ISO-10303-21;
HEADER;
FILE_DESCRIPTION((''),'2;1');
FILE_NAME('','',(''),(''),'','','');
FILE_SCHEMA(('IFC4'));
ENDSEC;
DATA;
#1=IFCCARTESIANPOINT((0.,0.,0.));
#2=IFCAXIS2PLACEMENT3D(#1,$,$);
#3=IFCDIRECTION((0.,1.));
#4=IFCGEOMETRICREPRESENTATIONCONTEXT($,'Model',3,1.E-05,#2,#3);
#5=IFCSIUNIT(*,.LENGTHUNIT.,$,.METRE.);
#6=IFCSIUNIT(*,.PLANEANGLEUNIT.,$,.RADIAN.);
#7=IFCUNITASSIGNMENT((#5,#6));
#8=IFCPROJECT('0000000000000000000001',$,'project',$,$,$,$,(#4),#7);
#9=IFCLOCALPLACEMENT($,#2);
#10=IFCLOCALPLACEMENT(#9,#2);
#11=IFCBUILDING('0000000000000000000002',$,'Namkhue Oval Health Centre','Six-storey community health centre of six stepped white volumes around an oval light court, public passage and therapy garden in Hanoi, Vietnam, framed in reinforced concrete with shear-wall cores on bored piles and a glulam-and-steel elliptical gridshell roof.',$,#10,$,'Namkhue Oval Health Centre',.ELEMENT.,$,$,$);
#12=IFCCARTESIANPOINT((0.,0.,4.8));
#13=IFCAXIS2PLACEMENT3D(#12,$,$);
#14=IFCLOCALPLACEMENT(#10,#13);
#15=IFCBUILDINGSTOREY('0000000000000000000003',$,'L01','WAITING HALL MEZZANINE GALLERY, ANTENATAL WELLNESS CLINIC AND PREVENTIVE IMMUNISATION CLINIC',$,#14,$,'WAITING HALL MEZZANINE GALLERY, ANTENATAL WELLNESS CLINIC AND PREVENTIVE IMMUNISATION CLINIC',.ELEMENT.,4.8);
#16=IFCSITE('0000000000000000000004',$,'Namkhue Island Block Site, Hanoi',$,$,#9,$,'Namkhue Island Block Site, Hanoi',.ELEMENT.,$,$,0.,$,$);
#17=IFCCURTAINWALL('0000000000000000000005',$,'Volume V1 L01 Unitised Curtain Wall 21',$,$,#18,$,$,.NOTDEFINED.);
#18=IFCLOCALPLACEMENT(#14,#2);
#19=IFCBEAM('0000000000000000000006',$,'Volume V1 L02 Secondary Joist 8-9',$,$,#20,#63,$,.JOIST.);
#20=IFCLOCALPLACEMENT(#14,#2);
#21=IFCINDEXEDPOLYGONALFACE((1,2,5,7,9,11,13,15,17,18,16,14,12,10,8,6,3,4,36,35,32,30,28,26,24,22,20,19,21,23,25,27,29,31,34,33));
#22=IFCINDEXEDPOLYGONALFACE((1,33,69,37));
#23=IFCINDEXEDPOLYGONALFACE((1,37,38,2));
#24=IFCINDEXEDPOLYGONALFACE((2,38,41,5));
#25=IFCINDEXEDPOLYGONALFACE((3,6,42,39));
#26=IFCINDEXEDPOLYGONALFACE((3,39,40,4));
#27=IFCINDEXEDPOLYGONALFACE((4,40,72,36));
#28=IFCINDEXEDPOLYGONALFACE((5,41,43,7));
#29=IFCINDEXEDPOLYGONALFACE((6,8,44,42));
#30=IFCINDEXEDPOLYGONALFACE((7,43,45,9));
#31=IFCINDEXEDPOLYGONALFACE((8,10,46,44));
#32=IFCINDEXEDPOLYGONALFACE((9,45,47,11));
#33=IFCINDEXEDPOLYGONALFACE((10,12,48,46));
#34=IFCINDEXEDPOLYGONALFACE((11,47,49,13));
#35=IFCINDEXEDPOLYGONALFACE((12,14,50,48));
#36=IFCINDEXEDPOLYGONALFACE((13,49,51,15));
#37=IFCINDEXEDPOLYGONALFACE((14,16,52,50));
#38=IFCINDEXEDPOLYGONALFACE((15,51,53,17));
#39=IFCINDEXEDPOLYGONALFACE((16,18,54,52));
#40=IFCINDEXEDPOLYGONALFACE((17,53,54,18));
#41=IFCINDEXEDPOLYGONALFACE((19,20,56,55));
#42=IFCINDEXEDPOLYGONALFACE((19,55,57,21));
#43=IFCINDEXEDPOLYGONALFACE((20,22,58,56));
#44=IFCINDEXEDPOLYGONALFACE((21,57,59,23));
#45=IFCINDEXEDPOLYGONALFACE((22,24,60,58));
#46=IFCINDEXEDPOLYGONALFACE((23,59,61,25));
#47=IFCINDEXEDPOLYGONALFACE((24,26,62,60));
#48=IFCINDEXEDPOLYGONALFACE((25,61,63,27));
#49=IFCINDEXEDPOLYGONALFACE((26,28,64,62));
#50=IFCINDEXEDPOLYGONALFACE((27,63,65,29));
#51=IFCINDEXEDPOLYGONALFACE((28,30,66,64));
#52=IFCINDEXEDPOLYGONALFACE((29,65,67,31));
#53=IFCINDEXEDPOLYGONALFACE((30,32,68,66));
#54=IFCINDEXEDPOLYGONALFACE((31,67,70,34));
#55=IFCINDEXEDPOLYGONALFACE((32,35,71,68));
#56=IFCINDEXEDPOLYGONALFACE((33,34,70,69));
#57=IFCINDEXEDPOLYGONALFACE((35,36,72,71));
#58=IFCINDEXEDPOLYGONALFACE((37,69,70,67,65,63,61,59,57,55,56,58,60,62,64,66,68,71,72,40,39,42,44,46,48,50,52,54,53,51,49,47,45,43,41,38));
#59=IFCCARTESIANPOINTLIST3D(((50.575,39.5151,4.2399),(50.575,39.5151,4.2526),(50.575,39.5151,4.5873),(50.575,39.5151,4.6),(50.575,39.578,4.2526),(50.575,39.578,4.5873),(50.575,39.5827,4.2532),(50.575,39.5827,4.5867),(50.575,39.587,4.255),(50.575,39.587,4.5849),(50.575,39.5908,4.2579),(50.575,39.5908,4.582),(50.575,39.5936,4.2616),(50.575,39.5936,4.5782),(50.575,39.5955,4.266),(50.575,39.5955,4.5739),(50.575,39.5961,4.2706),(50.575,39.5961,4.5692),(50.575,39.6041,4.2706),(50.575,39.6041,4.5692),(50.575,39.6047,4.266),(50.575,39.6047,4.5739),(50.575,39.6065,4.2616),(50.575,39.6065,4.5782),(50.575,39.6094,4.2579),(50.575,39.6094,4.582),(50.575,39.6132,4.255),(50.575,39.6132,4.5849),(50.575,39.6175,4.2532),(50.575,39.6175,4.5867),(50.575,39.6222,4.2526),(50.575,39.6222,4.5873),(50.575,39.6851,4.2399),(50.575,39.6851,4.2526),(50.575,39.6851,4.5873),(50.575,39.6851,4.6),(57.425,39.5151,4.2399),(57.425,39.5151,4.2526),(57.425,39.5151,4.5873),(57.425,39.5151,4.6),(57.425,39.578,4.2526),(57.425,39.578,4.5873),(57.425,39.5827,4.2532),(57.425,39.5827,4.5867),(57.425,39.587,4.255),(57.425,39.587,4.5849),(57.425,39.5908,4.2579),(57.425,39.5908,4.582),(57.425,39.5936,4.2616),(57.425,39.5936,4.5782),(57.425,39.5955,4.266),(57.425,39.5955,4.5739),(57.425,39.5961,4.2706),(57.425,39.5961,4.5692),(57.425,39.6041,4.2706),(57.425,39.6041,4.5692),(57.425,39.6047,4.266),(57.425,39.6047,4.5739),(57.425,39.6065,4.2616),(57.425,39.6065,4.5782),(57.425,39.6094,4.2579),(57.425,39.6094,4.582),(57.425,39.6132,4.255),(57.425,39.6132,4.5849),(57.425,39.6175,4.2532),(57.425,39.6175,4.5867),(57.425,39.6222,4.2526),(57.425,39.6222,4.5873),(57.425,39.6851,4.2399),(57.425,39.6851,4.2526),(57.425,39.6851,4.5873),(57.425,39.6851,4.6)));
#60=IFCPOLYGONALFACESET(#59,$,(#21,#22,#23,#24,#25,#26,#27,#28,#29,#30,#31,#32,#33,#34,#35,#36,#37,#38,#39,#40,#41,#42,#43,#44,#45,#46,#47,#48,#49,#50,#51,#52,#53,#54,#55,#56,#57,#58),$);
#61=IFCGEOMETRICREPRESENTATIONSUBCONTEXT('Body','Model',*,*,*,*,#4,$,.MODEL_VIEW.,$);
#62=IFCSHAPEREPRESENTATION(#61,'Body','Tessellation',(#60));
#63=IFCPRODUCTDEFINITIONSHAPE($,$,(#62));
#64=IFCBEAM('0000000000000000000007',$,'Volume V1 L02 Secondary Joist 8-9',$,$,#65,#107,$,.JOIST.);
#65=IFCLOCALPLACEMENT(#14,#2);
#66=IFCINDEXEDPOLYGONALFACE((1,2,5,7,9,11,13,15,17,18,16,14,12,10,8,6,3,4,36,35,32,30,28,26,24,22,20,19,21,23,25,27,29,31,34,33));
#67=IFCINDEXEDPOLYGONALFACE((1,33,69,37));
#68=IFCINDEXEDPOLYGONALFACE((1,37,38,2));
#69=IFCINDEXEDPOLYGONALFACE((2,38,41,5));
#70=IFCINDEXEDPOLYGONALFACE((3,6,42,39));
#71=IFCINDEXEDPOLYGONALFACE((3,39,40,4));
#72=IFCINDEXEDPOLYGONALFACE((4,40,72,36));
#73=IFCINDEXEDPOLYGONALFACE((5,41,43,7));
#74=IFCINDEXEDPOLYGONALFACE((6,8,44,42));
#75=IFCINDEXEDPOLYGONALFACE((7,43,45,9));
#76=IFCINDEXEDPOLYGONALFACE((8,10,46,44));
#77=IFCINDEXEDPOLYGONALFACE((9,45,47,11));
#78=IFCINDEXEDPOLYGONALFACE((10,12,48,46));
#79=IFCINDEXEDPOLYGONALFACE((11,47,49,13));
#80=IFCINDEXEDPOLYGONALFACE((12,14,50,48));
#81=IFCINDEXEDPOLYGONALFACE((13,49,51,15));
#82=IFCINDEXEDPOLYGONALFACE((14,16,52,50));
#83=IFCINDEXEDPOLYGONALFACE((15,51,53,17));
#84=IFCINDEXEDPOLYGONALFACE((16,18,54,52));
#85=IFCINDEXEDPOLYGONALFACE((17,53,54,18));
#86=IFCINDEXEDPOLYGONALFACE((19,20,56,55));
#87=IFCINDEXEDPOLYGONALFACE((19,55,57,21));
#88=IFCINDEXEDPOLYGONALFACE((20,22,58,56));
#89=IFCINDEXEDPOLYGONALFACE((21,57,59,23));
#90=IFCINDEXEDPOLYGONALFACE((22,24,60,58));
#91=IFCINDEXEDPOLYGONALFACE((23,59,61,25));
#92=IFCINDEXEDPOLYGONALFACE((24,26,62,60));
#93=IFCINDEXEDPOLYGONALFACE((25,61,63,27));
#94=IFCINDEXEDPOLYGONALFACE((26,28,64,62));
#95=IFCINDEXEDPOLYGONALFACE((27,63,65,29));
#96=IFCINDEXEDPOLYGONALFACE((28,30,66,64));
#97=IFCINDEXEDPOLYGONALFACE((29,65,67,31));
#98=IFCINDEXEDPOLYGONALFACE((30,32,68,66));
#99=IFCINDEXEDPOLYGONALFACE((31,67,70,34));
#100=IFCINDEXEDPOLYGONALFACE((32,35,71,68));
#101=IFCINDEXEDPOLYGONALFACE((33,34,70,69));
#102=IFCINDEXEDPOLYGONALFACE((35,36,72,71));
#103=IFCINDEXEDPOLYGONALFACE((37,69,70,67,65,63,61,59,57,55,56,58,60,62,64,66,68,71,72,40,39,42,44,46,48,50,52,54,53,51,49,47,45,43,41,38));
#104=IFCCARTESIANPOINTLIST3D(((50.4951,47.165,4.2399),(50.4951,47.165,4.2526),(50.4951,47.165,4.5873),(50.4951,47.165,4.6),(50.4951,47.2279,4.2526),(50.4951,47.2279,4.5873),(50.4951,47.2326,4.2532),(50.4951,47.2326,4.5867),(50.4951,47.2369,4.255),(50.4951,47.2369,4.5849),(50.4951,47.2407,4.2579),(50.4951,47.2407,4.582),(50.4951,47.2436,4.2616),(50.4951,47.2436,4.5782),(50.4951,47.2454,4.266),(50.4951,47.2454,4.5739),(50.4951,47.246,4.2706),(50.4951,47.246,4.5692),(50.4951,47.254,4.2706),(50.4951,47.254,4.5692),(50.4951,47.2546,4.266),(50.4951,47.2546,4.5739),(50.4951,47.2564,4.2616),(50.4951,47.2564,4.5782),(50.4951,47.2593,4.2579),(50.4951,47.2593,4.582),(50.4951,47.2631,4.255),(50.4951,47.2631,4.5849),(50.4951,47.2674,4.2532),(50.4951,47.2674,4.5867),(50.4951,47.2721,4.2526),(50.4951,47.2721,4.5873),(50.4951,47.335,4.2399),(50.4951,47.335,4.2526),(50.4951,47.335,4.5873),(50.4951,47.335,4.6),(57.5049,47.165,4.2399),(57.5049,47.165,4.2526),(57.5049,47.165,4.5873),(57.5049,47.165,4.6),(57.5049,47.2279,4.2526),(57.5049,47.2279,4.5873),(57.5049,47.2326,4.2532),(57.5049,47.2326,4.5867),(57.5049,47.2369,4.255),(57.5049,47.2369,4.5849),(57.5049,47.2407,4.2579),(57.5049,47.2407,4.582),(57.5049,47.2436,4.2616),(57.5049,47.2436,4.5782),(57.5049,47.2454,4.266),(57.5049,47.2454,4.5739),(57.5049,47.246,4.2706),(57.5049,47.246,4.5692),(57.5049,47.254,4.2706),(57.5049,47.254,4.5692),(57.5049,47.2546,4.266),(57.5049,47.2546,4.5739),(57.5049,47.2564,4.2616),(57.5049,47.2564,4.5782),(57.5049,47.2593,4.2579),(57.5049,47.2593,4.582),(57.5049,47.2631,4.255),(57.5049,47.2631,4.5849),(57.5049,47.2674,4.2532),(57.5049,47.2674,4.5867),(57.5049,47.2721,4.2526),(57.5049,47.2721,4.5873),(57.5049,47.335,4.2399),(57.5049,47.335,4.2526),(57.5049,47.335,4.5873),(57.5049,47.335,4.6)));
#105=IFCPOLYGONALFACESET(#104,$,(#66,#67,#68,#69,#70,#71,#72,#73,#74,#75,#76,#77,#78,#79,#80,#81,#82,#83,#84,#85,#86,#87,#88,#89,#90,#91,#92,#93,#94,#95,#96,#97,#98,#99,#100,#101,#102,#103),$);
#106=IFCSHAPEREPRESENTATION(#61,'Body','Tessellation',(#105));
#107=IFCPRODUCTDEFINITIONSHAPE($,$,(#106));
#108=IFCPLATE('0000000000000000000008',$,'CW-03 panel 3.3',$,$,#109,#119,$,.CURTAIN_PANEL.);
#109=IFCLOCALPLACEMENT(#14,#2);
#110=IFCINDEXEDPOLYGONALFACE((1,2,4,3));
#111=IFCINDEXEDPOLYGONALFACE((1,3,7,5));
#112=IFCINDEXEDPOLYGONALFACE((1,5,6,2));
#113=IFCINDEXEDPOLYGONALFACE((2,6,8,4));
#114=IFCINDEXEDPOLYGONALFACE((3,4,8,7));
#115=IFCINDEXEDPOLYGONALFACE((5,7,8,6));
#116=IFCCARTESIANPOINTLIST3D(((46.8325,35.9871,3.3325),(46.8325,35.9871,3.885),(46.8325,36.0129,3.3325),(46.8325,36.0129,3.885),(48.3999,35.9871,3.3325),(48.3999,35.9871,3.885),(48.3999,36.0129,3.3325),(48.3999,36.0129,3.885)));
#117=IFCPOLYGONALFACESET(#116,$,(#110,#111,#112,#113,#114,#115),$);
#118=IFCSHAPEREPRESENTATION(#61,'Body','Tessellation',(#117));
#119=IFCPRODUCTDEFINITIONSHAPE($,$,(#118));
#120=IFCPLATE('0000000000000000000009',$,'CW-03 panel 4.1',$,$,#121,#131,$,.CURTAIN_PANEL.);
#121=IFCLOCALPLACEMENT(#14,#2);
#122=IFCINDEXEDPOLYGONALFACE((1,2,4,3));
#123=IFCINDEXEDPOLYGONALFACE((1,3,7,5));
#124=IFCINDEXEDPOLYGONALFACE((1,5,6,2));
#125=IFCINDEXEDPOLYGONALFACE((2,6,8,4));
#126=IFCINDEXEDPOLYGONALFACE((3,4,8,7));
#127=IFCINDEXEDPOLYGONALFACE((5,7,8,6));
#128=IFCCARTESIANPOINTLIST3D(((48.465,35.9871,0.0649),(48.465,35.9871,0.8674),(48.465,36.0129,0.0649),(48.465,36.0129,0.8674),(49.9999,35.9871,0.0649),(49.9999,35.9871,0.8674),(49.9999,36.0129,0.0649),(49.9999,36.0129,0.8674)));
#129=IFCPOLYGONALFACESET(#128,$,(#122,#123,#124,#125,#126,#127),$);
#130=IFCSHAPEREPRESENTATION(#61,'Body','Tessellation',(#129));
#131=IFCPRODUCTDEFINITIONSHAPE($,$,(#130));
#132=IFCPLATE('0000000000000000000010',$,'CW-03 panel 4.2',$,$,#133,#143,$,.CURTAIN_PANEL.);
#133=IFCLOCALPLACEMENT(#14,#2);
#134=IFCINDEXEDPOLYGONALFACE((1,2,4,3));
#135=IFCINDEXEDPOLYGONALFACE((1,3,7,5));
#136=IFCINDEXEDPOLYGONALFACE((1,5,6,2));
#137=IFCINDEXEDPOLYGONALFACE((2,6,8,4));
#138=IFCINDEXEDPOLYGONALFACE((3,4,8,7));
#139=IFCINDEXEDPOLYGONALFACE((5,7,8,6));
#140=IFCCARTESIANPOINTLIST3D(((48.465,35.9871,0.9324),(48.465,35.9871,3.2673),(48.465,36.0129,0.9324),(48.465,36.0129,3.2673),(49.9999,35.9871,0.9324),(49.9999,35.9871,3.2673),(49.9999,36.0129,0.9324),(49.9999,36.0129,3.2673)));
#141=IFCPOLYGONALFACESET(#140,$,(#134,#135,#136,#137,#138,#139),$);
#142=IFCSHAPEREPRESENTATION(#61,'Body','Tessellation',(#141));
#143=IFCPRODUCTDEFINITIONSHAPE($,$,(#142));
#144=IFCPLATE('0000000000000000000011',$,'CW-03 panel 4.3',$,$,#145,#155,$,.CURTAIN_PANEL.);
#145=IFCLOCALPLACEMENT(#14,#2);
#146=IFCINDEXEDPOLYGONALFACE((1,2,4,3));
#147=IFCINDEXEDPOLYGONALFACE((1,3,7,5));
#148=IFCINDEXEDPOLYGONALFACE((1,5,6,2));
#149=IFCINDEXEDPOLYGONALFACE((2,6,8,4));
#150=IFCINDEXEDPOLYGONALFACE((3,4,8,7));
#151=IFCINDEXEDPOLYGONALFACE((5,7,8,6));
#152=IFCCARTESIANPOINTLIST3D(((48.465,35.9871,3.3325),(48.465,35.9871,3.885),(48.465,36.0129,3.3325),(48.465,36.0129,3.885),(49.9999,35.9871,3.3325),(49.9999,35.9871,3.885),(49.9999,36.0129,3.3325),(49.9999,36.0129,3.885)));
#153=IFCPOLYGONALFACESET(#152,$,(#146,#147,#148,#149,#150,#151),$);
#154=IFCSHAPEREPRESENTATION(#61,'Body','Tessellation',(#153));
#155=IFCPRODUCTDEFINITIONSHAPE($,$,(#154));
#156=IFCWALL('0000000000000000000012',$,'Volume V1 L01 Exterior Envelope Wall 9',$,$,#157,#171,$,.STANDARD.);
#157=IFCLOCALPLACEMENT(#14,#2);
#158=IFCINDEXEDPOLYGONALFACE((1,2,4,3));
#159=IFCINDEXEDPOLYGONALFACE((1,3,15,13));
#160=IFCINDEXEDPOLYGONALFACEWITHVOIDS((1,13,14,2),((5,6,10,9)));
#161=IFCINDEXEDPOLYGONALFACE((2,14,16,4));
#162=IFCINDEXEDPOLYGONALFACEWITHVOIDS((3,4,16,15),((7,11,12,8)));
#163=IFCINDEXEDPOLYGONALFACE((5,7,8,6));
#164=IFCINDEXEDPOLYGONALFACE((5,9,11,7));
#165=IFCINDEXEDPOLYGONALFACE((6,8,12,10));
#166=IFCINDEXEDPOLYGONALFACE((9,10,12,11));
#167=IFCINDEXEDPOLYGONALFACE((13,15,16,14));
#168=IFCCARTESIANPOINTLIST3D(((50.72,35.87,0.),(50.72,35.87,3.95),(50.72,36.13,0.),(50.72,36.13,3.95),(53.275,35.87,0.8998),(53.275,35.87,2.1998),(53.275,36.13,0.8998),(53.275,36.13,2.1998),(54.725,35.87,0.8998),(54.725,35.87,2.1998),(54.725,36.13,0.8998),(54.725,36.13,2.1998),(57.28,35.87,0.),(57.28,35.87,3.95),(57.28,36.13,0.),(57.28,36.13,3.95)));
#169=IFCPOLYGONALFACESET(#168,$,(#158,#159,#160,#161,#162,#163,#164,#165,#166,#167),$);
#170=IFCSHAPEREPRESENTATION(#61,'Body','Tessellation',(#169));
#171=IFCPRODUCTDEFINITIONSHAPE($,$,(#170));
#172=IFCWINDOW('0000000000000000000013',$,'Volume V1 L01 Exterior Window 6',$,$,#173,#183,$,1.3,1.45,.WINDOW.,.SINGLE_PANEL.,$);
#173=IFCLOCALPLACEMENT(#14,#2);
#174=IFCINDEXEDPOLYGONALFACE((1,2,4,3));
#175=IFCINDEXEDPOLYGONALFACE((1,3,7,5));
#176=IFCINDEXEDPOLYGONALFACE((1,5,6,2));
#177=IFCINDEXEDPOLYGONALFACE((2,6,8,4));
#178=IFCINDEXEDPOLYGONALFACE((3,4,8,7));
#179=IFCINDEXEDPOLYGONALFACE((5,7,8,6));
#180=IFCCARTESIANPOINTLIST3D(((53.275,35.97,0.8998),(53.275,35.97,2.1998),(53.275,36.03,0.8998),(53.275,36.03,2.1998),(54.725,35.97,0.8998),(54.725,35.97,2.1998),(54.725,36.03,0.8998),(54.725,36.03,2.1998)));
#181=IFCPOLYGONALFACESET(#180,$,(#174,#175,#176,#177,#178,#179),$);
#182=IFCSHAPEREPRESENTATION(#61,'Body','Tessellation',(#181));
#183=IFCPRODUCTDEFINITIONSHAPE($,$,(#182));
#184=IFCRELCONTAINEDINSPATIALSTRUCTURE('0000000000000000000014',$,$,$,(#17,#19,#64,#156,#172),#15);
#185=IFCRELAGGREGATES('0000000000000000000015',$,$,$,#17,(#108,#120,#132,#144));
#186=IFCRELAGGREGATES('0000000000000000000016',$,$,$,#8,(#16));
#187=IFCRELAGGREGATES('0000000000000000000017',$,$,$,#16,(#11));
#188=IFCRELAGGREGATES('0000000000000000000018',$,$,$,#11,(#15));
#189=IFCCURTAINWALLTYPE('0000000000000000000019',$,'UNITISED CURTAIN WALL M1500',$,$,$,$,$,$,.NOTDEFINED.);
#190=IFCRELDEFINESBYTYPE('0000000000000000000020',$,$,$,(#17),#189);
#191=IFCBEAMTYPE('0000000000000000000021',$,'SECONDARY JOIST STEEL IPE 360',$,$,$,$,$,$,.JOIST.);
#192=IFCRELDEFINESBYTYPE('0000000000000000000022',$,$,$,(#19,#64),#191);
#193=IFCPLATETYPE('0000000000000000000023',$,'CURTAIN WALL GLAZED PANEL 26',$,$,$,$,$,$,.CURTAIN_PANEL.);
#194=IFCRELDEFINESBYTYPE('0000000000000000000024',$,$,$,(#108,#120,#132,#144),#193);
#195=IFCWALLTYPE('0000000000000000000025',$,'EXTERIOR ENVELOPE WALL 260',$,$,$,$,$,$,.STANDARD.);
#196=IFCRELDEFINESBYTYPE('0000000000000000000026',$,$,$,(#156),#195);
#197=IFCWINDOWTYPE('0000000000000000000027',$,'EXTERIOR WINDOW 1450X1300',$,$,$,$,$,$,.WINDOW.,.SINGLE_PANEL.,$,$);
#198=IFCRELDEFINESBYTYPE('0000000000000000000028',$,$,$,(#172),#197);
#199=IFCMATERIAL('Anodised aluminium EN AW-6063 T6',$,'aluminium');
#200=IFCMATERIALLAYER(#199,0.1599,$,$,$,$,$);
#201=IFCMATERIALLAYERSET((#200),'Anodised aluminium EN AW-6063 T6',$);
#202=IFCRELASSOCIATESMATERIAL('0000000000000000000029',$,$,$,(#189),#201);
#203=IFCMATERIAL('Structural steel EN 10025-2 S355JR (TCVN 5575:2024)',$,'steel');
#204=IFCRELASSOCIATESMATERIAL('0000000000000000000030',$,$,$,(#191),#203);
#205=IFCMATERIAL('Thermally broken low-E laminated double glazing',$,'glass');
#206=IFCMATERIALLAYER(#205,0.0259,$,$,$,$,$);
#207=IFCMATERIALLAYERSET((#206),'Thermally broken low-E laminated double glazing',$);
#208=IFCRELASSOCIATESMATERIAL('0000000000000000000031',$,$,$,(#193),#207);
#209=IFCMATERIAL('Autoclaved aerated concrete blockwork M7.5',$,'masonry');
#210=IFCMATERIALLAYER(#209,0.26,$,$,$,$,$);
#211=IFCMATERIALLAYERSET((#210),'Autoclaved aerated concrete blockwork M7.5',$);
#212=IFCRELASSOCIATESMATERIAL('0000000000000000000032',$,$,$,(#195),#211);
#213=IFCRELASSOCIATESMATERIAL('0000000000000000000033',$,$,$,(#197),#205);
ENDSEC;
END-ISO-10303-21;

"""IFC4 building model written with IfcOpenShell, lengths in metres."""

from ifc_helpers import new_model, si_unit, direction, frame, frame_2d, origin, origin_2d, place, context, subcontext, project, spatial, rectangle, i_section, extrude, material, layer, layer_set, material_profile, profile_set, type_object, element, fill, aggregate, save


model = new_model("IFC4")

# Units and contexts
model_context = context("Model", 3, precision=1e-05, world=origin(), true_north=direction((0.0, 1.0)))
body_context = subcontext(model_context, "Body", "Model", "MODEL_VIEW")
ifc_project = project(units=[si_unit("LENGTHUNIT", "METRE"), si_unit("PLANEANGLEUNIT", "RADIAN")], contexts=[model_context])

# Site, building, storey
site_placement = place(None, origin())
site = spatial("IfcSite", under=ifc_project, at=site_placement, Name="Namkhue Island Block Site, Hanoi", LongName="Namkhue Island Block Site, Hanoi", CompositionType="ELEMENT", RefElevation=0.0)
building_placement = place(site_placement, origin())
building = spatial("IfcBuilding", under=site, at=building_placement, Name="Namkhue Oval Health Centre", Description="Six-storey community health centre of six stepped white volumes around an oval light court, public passage and therapy garden in Hanoi, Vietnam, framed in reinforced concrete with shear-wall cores on bored piles and a glulam-and-steel elliptical gridshell roof.", LongName="Namkhue Oval Health Centre", CompositionType="ELEMENT")
storey_placement = place(building_placement, frame((0.0, 0.0, 4.8)))
storey = spatial("IfcBuildingStorey", under=building, at=storey_placement, Name="L01", Description="WAITING HALL MEZZANINE GALLERY, ANTENATAL WELLNESS CLINIC AND PREVENTIVE IMMUNISATION CLINIC", LongName="WAITING HALL MEZZANINE GALLERY, ANTENATAL WELLNESS CLINIC AND PREVENTIVE IMMUNISATION CLINIC", CompositionType="ELEMENT", Elevation=4.8)

# Curtain wall
ifc_material_1 = material(Name="Anodised aluminium EN AW-6063 T6", Category="aluminium")
ifc_layer_1 = layer(ifc_material_1, 0.1599)
ifc_layer_set_1 = layer_set([ifc_layer_1], Name="Anodised aluminium EN AW-6063 T6")
curtain_wall_type = type_object("IfcCurtainWallType", Name="UNITISED CURTAIN WALL M1500", PredefinedType="NOTDEFINED", material=ifc_layer_set_1)
curtain_wall_placement = place(storey_placement, origin())
curtain_wall = element("IfcCurtainWall", 1, at=curtain_wall_placement, inside=storey, type_object=curtain_wall_type, Name="Volume V1 L01 Unitised Curtain Wall 21", PredefinedType="NOTDEFINED")

# Beams
ifc_material_2 = material(Name="Structural steel EN 10025-2 S355JR (TCVN 5575:2024)", Category="steel")
ifc_material_profile_1 = material_profile(ifc_material_2, i_section(OverallWidth=0.1699, OverallDepth=0.3601, WebThickness=0.0081, FlangeThickness=0.0127, FilletRadius=0.0181, at=origin_2d()), Name="IPE 360")
ifc_profile_set_1 = profile_set([ifc_material_profile_1], Name="Structural steel EN 10025-2 S355JR (TCVN 5575:2024)")
beam_type_1 = type_object("IfcBeamType", Name="SECONDARY JOIST STEEL IPE 360", PredefinedType="JOIST", material=ifc_profile_set_1)
beam_1_placement = place(storey_placement, frame((50.575, 39.6001, 4.4199), z_axis=(1.0, 0.0, 0.0), x_axis=(0.0, 1.0, 0.0)))
element("IfcBeam", 2, at=beam_1_placement, inside=storey, type_object=beam_type_1, Name="Volume V1 L02 Secondary Joist 8-9", PredefinedType="JOIST", context=body_context, shape_type="SweptSolid", body=[
    extrude(i_section(OverallWidth=0.1699, OverallDepth=0.3601, WebThickness=0.0081, FlangeThickness=0.0127, FilletRadius=0.0181, at=origin_2d()), origin(), (0.0, 0.0, 1.0), 6.8501),
])
beam_2_placement = place(storey_placement, frame((50.4951, 47.25, 4.4199), z_axis=(1.0, 0.0, 0.0), x_axis=(0.0, 1.0, 0.0)))
element("IfcBeam", 3, at=beam_2_placement, inside=storey, type_object=beam_type_1, Name="Volume V1 L02 Secondary Joist 8-9", PredefinedType="JOIST", context=body_context, shape_type="SweptSolid", body=[
    extrude(i_section(OverallWidth=0.1699, OverallDepth=0.3601, WebThickness=0.0081, FlangeThickness=0.0127, FilletRadius=0.0181, at=origin_2d()), origin(), (0.0, 0.0, 1.0), 7.0098),
])

# Plates
ifc_material_3 = material(Name="Thermally broken low-E laminated double glazing", Category="glass")
ifc_layer_2 = layer(ifc_material_3, 0.0259)
ifc_layer_set_2 = layer_set([ifc_layer_2], Name="Thermally broken low-E laminated double glazing")
plate_type = type_object("IfcPlateType", Name="CURTAIN WALL GLAZED PANEL 26", PredefinedType="CURTAIN_PANEL", material=ifc_layer_set_2)
plate_1_placement = place(storey_placement, frame((47.6162, 36.0, 3.3325), z_axis=(0.0, 0.0, 1.0), x_axis=(1.0, 0.0, 0.0)))
plate_1 = element("IfcPlate", 4, at=plate_1_placement, type_object=plate_type, Name="CW-03 panel 3.3", PredefinedType="CURTAIN_PANEL", context=body_context, shape_type="SweptSolid", body=[
    extrude(rectangle(XDim=1.5674, YDim=0.0259, at=origin_2d()), origin(), (0.0, 0.0, 1.0), 0.5525),
])
plate_2_placement = place(storey_placement, frame((49.2324, 36.0, 0.0649), z_axis=(0.0, 0.0, 1.0), x_axis=(1.0, 0.0, 0.0)))
plate_2 = element("IfcPlate", 5, at=plate_2_placement, type_object=plate_type, Name="CW-03 panel 4.1", PredefinedType="CURTAIN_PANEL", context=body_context, shape_type="SweptSolid", body=[
    extrude(rectangle(XDim=1.5349, YDim=0.0259, at=origin_2d()), origin(), (0.0, 0.0, 1.0), 0.8025),
])
plate_3_placement = place(storey_placement, frame((49.2324, 36.0, 0.9324), z_axis=(0.0, 0.0, 1.0), x_axis=(1.0, 0.0, 0.0)))
plate_3 = element("IfcPlate", 6, at=plate_3_placement, type_object=plate_type, Name="CW-03 panel 4.2", PredefinedType="CURTAIN_PANEL", context=body_context, shape_type="SweptSolid", body=[
    extrude(rectangle(XDim=1.5349, YDim=0.0259, at=origin_2d()), origin(), (0.0, 0.0, 1.0), 2.335),
])
plate_4_placement = place(storey_placement, frame((49.2324, 36.0, 3.3325), z_axis=(0.0, 0.0, 1.0), x_axis=(1.0, 0.0, 0.0)))
plate_4 = element("IfcPlate", 7, at=plate_4_placement, type_object=plate_type, Name="CW-03 panel 4.3", PredefinedType="CURTAIN_PANEL", context=body_context, shape_type="SweptSolid", body=[
    extrude(rectangle(XDim=1.5349, YDim=0.0259, at=origin_2d()), origin(), (0.0, 0.0, 1.0), 0.5525),
])
aggregate(curtain_wall, [plate_1, plate_2, plate_3, plate_4])

# Wall, opening, window
ifc_material_4 = material(Name="Autoclaved aerated concrete blockwork M7.5", Category="masonry")
ifc_layer_3 = layer(ifc_material_4, 0.26)
ifc_layer_set_3 = layer_set([ifc_layer_3], Name="Autoclaved aerated concrete blockwork M7.5")
wall_type = type_object("IfcWallType", Name="EXTERIOR ENVELOPE WALL 260", PredefinedType="STANDARD", material=ifc_layer_set_3)
wall_placement = place(storey_placement, frame((50.72, 36.0, 0.0), z_axis=(0.0, 0.0, 1.0), x_axis=(1.0, 0.0, 0.0)))
wall = element("IfcWall", 8, at=wall_placement, inside=storey, type_object=wall_type, Name="Volume V1 L01 Exterior Envelope Wall 9", PredefinedType="STANDARD", context=body_context, shape_type="SweptSolid", body=[
    extrude(rectangle(XDim=6.5601, YDim=0.26, at=frame_2d((3.28, 0.0))), origin(), (0.0, 0.0, 1.0), 3.95),
])
opening_placement = place(wall_placement, frame((2.5549, 0.0, 0.8999)))
opening = element("IfcOpeningElement", 9, at=opening_placement, cuts=wall, PredefinedType="OPENING", context=body_context, shape_type="SweptSolid", body=[
    extrude(rectangle(XDim=1.45, YDim=1.3, at=frame_2d((0.7251, 0.6499))), frame((0.0, 0.1399, 0.0), z_axis=(0.0, -1.0, 0.0), x_axis=(1.0, 0.0, 0.0)), (0.0, 0.0, 1.0), 0.28),
])
window_type = type_object("IfcWindowType", Name="EXTERIOR WINDOW 1450X1300", PartitioningType="SINGLE_PANEL", PredefinedType="WINDOW", material=ifc_material_3)
window_placement = place(opening_placement, origin())
window = element("IfcWindow", 10, at=window_placement, inside=storey, type_object=window_type, Name="Volume V1 L01 Exterior Window 6", OverallHeight=1.3, OverallWidth=1.45, PartitioningType="SINGLE_PANEL", PredefinedType="WINDOW", context=body_context, shape_type="SweptSolid", body=[
    extrude(rectangle(XDim=1.45, YDim=1.3, at=frame_2d((0.7251, 0.6499))), frame((0.0, 0.03, 0.0), z_axis=(0.0, -1.0, 0.0), x_axis=(1.0, 0.0, 0.0)), (0.0, 0.0, 1.0), 0.0601),
])
fill(opening, window)

save(model, "model.ifc")
